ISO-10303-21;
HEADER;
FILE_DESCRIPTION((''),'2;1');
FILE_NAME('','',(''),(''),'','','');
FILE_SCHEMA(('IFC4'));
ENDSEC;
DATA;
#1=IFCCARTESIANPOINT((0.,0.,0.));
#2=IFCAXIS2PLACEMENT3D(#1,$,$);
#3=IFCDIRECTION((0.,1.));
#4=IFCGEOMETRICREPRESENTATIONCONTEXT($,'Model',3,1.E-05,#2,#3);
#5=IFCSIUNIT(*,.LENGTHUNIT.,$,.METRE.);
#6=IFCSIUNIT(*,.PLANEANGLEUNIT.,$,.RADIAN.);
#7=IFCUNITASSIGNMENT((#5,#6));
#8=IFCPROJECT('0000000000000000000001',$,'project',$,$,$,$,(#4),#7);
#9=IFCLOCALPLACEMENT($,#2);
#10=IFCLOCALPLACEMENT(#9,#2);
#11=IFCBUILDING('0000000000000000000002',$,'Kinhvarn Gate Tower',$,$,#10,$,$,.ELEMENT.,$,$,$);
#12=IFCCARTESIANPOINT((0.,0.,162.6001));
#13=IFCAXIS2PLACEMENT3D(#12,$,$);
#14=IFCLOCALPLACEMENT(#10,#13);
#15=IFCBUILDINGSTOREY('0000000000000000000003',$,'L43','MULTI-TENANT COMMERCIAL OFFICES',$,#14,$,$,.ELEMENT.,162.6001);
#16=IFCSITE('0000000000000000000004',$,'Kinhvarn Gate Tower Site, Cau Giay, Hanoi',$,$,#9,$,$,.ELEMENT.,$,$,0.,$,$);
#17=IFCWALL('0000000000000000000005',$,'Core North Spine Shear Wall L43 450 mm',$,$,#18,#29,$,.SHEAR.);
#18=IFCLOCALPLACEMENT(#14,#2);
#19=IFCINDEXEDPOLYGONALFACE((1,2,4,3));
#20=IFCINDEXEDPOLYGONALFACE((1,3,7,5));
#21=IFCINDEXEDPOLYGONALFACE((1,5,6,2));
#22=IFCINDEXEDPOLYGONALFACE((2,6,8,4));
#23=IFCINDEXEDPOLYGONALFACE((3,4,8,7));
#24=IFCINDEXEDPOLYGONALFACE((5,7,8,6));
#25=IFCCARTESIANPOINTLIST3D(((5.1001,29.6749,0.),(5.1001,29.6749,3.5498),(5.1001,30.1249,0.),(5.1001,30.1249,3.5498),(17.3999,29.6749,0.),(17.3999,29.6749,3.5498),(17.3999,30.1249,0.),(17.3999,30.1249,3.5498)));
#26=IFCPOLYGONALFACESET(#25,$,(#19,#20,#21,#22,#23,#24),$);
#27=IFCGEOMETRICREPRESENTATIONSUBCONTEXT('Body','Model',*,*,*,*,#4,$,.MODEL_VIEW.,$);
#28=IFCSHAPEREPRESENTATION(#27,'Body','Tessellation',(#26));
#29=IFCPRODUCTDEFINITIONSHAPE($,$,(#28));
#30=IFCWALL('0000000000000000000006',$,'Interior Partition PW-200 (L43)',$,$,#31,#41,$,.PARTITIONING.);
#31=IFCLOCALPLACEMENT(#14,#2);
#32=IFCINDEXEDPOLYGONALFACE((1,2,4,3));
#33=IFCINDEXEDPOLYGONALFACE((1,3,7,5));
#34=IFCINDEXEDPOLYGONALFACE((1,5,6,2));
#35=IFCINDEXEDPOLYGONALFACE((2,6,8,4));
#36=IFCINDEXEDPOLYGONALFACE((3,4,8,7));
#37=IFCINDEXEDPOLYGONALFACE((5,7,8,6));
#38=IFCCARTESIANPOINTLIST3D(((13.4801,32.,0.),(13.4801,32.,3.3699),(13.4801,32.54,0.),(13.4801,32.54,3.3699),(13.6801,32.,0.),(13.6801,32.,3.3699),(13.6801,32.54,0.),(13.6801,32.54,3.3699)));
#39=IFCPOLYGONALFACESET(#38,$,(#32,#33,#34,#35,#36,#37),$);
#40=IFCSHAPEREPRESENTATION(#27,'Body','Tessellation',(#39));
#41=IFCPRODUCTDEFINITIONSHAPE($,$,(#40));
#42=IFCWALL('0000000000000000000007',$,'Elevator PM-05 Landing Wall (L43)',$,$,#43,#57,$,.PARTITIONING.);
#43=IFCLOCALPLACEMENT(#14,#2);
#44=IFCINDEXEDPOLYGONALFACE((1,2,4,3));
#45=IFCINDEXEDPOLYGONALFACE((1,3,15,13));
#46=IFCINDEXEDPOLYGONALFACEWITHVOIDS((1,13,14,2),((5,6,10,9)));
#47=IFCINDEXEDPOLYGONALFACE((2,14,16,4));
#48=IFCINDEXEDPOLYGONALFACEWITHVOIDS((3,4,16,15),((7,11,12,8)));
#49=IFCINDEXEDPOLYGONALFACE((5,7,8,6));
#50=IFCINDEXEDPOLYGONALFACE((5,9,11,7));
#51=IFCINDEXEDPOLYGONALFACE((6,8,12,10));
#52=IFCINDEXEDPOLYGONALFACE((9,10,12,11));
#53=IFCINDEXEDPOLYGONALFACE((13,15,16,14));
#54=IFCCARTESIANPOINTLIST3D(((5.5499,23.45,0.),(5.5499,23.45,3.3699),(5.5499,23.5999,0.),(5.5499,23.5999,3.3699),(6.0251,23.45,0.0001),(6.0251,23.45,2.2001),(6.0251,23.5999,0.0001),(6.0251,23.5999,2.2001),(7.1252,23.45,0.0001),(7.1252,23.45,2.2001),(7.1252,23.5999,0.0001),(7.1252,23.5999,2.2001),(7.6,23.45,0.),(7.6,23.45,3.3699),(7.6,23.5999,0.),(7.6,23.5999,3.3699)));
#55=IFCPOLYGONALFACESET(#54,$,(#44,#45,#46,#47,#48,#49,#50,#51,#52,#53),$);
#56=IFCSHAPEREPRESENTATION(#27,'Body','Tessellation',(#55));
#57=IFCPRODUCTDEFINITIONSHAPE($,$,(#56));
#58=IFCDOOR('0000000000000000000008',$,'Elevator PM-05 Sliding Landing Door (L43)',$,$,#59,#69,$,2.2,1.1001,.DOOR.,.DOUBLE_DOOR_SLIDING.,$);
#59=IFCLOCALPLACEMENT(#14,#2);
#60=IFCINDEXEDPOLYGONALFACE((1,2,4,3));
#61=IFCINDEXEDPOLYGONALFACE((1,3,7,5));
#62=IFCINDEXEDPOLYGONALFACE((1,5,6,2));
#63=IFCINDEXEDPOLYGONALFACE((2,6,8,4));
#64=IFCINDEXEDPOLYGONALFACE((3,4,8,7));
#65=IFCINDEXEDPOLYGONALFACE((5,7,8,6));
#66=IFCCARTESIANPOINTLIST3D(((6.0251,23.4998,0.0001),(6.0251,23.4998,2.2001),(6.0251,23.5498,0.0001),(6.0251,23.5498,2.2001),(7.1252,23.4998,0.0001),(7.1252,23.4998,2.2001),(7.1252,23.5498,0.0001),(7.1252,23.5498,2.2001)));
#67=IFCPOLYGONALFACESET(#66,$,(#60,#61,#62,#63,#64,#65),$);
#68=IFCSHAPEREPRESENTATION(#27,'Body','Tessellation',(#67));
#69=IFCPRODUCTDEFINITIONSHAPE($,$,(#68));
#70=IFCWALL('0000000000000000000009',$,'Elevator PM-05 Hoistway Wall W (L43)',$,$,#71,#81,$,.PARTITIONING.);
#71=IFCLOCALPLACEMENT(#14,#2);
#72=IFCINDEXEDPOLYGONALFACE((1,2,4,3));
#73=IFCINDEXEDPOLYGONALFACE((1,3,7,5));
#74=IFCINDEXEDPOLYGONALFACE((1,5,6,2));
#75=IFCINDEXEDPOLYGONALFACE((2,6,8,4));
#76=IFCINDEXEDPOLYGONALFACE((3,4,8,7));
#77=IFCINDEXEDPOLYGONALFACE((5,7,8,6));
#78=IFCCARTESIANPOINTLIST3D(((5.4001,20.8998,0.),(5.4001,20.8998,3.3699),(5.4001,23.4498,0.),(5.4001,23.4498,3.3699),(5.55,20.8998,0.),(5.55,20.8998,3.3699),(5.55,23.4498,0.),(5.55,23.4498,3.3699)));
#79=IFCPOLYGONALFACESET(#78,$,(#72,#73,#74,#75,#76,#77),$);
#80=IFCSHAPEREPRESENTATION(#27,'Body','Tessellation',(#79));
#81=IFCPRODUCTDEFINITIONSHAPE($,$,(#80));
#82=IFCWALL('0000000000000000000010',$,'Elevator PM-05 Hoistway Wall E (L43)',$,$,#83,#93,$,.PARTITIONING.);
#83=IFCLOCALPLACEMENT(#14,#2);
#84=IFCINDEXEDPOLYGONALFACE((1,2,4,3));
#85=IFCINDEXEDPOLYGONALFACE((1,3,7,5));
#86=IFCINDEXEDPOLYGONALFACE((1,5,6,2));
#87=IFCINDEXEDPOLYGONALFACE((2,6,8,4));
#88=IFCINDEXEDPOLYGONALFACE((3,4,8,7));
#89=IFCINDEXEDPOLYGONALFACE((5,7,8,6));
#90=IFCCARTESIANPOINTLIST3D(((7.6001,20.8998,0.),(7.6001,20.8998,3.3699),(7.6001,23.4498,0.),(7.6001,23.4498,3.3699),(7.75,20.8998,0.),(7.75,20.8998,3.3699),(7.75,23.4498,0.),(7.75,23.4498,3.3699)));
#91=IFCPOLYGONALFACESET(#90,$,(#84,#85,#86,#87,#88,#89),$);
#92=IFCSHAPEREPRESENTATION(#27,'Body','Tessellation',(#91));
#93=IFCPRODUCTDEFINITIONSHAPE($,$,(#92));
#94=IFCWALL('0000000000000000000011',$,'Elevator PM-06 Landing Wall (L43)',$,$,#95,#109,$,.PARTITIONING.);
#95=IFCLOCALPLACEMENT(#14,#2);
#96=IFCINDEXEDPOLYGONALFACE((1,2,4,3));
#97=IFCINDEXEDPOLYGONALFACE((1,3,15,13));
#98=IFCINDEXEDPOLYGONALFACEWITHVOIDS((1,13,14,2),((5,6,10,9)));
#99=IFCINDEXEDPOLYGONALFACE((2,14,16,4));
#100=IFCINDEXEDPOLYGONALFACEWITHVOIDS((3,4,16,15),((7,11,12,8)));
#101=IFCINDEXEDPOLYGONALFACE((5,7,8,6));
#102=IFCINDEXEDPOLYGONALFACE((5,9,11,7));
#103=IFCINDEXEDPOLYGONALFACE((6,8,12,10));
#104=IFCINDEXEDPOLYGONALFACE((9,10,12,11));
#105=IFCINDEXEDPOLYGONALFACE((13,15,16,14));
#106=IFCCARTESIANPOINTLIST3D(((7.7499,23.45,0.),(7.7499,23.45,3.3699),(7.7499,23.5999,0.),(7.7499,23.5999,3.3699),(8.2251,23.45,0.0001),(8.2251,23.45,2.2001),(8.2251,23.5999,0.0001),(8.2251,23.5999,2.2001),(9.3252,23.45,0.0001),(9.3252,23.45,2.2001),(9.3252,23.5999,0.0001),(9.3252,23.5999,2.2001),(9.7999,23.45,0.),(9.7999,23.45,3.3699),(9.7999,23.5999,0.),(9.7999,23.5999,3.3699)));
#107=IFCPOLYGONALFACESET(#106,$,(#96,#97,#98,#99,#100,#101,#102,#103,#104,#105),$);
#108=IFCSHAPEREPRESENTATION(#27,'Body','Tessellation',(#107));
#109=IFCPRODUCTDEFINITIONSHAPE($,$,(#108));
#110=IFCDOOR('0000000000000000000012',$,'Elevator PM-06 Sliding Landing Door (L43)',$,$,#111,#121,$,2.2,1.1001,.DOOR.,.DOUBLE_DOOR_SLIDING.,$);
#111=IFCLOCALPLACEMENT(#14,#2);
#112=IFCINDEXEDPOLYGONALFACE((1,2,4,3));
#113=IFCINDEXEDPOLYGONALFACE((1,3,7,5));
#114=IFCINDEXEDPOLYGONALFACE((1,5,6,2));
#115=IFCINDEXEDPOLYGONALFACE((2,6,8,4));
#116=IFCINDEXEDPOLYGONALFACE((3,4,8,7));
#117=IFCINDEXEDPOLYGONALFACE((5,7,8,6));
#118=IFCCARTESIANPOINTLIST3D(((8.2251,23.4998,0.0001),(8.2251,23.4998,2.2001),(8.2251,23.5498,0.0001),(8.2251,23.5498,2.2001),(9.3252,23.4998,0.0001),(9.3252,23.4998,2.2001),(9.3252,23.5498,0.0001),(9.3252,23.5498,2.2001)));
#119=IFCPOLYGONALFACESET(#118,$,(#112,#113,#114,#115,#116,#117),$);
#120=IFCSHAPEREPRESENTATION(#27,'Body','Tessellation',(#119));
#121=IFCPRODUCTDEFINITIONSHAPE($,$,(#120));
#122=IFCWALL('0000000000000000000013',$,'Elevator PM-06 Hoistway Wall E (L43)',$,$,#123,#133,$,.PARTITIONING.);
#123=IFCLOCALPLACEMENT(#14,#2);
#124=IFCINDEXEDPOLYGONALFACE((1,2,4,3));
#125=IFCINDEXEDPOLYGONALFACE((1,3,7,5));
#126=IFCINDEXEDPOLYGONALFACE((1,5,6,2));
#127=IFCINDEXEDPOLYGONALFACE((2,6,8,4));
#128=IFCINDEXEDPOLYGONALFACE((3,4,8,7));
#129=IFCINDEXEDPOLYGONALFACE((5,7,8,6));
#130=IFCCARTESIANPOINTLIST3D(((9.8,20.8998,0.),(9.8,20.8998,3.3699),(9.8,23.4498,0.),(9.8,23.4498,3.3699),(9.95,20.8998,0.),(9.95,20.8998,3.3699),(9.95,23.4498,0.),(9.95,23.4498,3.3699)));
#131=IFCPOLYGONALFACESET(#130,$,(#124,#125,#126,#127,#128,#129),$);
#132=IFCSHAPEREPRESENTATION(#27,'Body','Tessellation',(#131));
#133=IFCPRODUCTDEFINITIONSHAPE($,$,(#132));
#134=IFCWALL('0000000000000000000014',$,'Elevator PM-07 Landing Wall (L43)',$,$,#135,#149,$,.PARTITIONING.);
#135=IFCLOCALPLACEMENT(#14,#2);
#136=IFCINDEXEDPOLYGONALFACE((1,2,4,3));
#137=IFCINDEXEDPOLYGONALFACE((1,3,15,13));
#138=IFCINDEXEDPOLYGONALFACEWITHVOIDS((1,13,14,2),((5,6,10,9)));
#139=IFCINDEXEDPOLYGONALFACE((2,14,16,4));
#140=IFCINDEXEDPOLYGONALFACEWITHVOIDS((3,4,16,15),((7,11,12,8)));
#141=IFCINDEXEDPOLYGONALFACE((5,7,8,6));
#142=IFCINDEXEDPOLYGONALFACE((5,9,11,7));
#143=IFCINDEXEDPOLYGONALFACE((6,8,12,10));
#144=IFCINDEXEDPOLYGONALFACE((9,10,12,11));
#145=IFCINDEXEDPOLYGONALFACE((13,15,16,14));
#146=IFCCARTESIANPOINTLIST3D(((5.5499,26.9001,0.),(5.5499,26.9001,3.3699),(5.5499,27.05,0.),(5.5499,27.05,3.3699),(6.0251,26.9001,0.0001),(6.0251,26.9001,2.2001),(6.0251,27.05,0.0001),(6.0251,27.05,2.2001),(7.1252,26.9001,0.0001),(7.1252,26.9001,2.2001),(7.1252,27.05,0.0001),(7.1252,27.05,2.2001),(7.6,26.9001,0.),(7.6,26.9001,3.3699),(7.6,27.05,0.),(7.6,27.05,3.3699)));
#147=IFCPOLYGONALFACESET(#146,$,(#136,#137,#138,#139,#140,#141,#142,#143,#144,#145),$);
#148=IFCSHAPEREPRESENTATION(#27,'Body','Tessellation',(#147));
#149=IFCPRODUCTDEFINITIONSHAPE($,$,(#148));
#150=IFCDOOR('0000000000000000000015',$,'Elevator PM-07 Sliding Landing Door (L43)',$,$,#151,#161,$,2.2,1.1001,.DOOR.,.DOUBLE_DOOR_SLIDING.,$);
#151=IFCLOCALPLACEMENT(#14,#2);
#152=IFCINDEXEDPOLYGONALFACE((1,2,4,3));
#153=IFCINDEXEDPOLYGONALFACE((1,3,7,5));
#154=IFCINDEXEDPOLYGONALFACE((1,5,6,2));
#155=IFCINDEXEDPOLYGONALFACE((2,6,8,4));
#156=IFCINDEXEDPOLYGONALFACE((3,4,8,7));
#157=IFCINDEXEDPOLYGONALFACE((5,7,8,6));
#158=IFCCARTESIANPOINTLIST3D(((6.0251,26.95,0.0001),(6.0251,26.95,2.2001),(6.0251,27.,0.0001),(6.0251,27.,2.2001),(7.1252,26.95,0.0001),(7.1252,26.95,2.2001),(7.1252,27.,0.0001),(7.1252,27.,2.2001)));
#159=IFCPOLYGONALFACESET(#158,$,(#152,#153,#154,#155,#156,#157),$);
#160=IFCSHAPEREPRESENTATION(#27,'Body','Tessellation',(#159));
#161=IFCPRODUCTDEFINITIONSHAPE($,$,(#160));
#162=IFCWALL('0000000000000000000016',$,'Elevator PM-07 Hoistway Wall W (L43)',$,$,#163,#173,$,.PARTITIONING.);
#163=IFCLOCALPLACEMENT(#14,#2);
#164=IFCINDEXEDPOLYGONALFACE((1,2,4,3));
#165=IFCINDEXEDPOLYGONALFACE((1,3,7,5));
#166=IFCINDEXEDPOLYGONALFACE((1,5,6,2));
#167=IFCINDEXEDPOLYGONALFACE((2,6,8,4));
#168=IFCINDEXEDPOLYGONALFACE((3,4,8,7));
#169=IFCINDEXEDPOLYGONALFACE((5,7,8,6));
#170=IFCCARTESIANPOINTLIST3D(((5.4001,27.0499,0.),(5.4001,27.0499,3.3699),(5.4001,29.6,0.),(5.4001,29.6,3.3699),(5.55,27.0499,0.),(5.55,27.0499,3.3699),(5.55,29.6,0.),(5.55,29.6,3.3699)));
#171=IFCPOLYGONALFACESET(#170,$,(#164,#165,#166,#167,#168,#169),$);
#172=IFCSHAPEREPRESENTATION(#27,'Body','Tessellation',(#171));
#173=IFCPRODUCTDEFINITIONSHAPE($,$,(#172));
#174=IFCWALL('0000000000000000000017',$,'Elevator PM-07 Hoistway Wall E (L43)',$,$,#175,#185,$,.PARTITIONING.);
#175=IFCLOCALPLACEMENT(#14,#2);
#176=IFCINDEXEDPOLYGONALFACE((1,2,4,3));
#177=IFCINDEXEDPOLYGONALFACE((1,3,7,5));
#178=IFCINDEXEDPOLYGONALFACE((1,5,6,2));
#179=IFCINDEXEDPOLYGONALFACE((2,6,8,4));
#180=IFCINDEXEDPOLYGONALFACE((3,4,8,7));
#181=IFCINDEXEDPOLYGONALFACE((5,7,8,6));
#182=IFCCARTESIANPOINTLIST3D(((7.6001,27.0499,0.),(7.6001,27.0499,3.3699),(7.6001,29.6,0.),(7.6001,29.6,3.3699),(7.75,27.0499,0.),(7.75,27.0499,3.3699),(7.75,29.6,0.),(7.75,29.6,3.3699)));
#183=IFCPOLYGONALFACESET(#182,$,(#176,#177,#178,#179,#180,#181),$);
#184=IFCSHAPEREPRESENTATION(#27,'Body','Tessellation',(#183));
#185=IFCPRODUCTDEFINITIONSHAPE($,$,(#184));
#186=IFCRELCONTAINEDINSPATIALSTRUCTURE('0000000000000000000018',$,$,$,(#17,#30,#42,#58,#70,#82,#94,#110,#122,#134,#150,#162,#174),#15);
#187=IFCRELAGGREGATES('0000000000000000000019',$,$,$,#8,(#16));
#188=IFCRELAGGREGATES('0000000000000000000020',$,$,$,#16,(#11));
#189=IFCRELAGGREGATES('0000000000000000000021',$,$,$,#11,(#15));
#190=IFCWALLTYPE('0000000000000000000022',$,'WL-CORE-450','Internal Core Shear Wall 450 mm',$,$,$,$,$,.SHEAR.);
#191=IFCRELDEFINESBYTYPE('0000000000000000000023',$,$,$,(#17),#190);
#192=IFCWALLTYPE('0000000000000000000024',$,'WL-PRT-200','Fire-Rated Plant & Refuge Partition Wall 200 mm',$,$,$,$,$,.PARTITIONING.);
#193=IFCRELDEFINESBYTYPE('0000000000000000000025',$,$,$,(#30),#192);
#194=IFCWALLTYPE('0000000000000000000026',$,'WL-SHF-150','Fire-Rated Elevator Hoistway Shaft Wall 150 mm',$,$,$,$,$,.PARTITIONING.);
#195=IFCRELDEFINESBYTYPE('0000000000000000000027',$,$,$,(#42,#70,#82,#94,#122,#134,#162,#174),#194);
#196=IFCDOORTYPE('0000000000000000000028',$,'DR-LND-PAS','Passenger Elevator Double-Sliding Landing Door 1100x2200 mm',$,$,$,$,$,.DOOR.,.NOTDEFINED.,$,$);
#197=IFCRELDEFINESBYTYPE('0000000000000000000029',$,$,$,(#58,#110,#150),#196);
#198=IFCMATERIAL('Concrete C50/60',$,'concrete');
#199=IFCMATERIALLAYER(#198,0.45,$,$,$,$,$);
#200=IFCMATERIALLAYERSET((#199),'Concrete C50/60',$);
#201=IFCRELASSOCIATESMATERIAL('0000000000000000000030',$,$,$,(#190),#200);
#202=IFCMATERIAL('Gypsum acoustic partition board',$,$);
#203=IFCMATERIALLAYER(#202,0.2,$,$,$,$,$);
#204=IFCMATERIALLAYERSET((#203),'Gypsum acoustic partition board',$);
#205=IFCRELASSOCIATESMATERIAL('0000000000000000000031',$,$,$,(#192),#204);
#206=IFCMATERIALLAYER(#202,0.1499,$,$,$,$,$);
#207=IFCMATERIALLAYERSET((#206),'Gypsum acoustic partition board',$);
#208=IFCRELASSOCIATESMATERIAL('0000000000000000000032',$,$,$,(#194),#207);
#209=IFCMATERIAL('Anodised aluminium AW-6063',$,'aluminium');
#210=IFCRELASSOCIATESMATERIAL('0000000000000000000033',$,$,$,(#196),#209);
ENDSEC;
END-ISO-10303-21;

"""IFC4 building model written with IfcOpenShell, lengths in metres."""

from ifc_helpers import new_model, si_unit, direction, frame, frame_2d, origin, place, context, subcontext, project, spatial, rectangle, extrude, material, layer, layer_set, type_object, element, fill, save


model = new_model("IFC4")

# Units and contexts
model_context = context("Model", 3, precision=1e-05, world=origin(), true_north=direction((0.0, 1.0)))
body_context = subcontext(model_context, "Body", "Model", "MODEL_VIEW")
ifc_project = project(units=[si_unit("LENGTHUNIT", "METRE"), si_unit("PLANEANGLEUNIT", "RADIAN")], contexts=[model_context])

# Site, building, storey
site_placement = place(None, origin())
site = spatial("IfcSite", under=ifc_project, at=site_placement, Name="Kinhvarn Gate Tower Site, Cau Giay, Hanoi", CompositionType="ELEMENT", RefElevation=0.0)
building_placement = place(site_placement, origin())
building = spatial("IfcBuilding", under=site, at=building_placement, Name="Kinhvarn Gate Tower", CompositionType="ELEMENT")
storey_placement = place(building_placement, frame((0.0, 0.0, 162.6001)))
storey = spatial("IfcBuildingStorey", under=building, at=storey_placement, Name="L43", Description="MULTI-TENANT COMMERCIAL OFFICES", CompositionType="ELEMENT", Elevation=162.6001)

# Walls
ifc_material_1 = material(Name="Concrete C50/60", Category="concrete")
ifc_layer_1 = layer(ifc_material_1, 0.45)
ifc_layer_set_1 = layer_set([ifc_layer_1], Name="Concrete C50/60")
wall_type_1 = type_object("IfcWallType", Name="WL-CORE-450", Description="Internal Core Shear Wall 450 mm", PredefinedType="SHEAR", material=ifc_layer_set_1)
wall_1_placement = place(storey_placement, frame((5.1001, 29.8999, 0.0), z_axis=(0.0, 0.0, 1.0), x_axis=(1.0, 0.0, 0.0)))
element("IfcWall", 1, at=wall_1_placement, inside=storey, type_object=wall_type_1, Name="Core North Spine Shear Wall L43 450 mm", PredefinedType="SHEAR", context=body_context, shape_type="SweptSolid", body=[
    extrude(rectangle(XDim=12.2998, YDim=0.45, at=frame_2d((6.1499, 0.0))), origin(), (0.0, 0.0, 1.0), 3.5498),
])
ifc_material_2 = material(Name="Gypsum acoustic partition board")
ifc_layer_2 = layer(ifc_material_2, 0.2)
ifc_layer_set_2 = layer_set([ifc_layer_2], Name="Gypsum acoustic partition board")
wall_type_2 = type_object("IfcWallType", Name="WL-PRT-200", Description="Fire-Rated Plant & Refuge Partition Wall 200 mm", PredefinedType="PARTITIONING", material=ifc_layer_set_2)
wall_2_placement = place(storey_placement, frame((13.5801, 32.0, 0.0), z_axis=(0.0, 0.0, 1.0), x_axis=(0.0, 1.0, 0.0)))
element("IfcWall", 2, at=wall_2_placement, inside=storey, type_object=wall_type_2, Name="Interior Partition PW-200 (L43)", PredefinedType="PARTITIONING", context=body_context, shape_type="SweptSolid", body=[
    extrude(rectangle(XDim=0.54, YDim=0.2, at=frame_2d((0.27, 0.0))), origin(), (0.0, 0.0, 1.0), 3.3699),
])

# Wall, opening, door
ifc_layer_3 = layer(ifc_material_2, 0.1499)
ifc_layer_set_3 = layer_set([ifc_layer_3], Name="Gypsum acoustic partition board")
wall_type_3 = type_object("IfcWallType", Name="WL-SHF-150", Description="Fire-Rated Elevator Hoistway Shaft Wall 150 mm", PredefinedType="PARTITIONING", material=ifc_layer_set_3)
wall_3_placement = place(storey_placement, frame((5.55, 23.5249, 0.0), z_axis=(0.0, 0.0, 1.0), x_axis=(1.0, 0.0, 0.0)))
wall_3 = element("IfcWall", 3, at=wall_3_placement, inside=storey, type_object=wall_type_3, Name="Elevator PM-05 Landing Wall (L43)", PredefinedType="PARTITIONING", context=body_context, shape_type="SweptSolid", body=[
    extrude(rectangle(XDim=2.05, YDim=0.1499, at=frame_2d((1.0249, 0.0))), origin(), (0.0, 0.0, 1.0), 3.3699),
])
opening_1_placement = place(wall_3_placement, frame((0.4751, 0.0, 0.0)))
opening_1 = element("IfcOpeningElement", 4, at=opening_1_placement, cuts=wall_3, PredefinedType="OPENING", context=body_context, shape_type="SweptSolid", body=[
    extrude(rectangle(XDim=1.1001, YDim=2.2, at=frame_2d((0.55, 1.1001))), frame((0.0, 0.085, 0.0), z_axis=(0.0, -1.0, 0.0), x_axis=(1.0, 0.0, 0.0)), (0.0, 0.0, 1.0), 0.1699),
])
ifc_material_3 = material(Name="Anodised aluminium AW-6063", Category="aluminium")
door_type_1 = type_object("IfcDoorType", Name="DR-LND-PAS", Description="Passenger Elevator Double-Sliding Landing Door 1100x2200 mm", OperationType="NOTDEFINED", PredefinedType="DOOR", material=ifc_material_3)
door_1_placement = place(opening_1_placement, origin())
door_1 = element("IfcDoor", 5, at=door_1_placement, inside=storey, type_object=door_type_1, Name="Elevator PM-05 Sliding Landing Door (L43)", OperationType="DOUBLE_DOOR_SLIDING", OverallHeight=2.2, OverallWidth=1.1001, PredefinedType="DOOR", context=body_context, shape_type="SweptSolid", body=[
    extrude(rectangle(XDim=1.1001, YDim=2.2, at=frame_2d((0.55, 1.1001))), frame((0.0, 0.0249, 0.0), z_axis=(0.0, -1.0, 0.0), x_axis=(1.0, 0.0, 0.0)), (0.0, 0.0, 1.0), 0.05),
])
fill(opening_1, door_1)

# Walls
for number, where, z_axis, x_axis, name in (
    (6, (5.4751, 20.8999, 0.0), (0.0, 0.0, 1.0), (0.0, 1.0, 0.0), "Elevator PM-05 Hoistway Wall W (L43)"),
    (7, (7.675, 20.8999, 0.0), (0.0, 0.0, 1.0), (0.0, 1.0, 0.0), "Elevator PM-05 Hoistway Wall E (L43)"),
):
    element("IfcWall", number, at=place(storey_placement, frame(where, z_axis=z_axis, x_axis=x_axis)), inside=storey, type_object=wall_type_3, Name=name, PredefinedType="PARTITIONING", context=body_context, shape_type="SweptSolid", body=[
        extrude(rectangle(XDim=2.55, YDim=0.1499, at=frame_2d((1.2749, 0.0))), origin(), (0.0, 0.0, 1.0), 3.3699),
    ])

# Wall, opening, door
wall_4_placement = place(storey_placement, frame((7.75, 23.5249, 0.0), z_axis=(0.0, 0.0, 1.0), x_axis=(1.0, 0.0, 0.0)))
wall_4 = element("IfcWall", 8, at=wall_4_placement, inside=storey, type_object=wall_type_3, Name="Elevator PM-06 Landing Wall (L43)", PredefinedType="PARTITIONING", context=body_context, shape_type="SweptSolid", body=[
    extrude(rectangle(XDim=2.05, YDim=0.1499, at=frame_2d((1.0249, 0.0))), origin(), (0.0, 0.0, 1.0), 3.3699),
])
opening_2_placement = place(wall_4_placement, frame((0.4751, 0.0, 0.0)))
opening_2 = element("IfcOpeningElement", 9, at=opening_2_placement, cuts=wall_4, PredefinedType="OPENING", context=body_context, shape_type="SweptSolid", body=[
    extrude(rectangle(XDim=1.1001, YDim=2.2, at=frame_2d((0.55, 1.1001))), frame((0.0, 0.085, 0.0), z_axis=(0.0, -1.0, 0.0), x_axis=(1.0, 0.0, 0.0)), (0.0, 0.0, 1.0), 0.1699),
])
door_2_placement = place(opening_2_placement, origin())
door_2 = element("IfcDoor", 10, at=door_2_placement, inside=storey, type_object=door_type_1, Name="Elevator PM-06 Sliding Landing Door (L43)", OperationType="DOUBLE_DOOR_SLIDING", OverallHeight=2.2, OverallWidth=1.1001, PredefinedType="DOOR", context=body_context, shape_type="SweptSolid", body=[
    extrude(rectangle(XDim=1.1001, YDim=2.2, at=frame_2d((0.55, 1.1001))), frame((0.0, 0.0249, 0.0), z_axis=(0.0, -1.0, 0.0), x_axis=(1.0, 0.0, 0.0)), (0.0, 0.0, 1.0), 0.05),
])
fill(opening_2, door_2)

# Wall
wall_5_placement = place(storey_placement, frame((9.875, 20.8999, 0.0), z_axis=(0.0, 0.0, 1.0), x_axis=(0.0, 1.0, 0.0)))
element("IfcWall", 11, at=wall_5_placement, inside=storey, type_object=wall_type_3, Name="Elevator PM-06 Hoistway Wall E (L43)", PredefinedType="PARTITIONING", context=body_context, shape_type="SweptSolid", body=[
    extrude(rectangle(XDim=2.55, YDim=0.1499, at=frame_2d((1.2749, 0.0))), origin(), (0.0, 0.0, 1.0), 3.3699),
])

# Wall, opening, door
wall_6_placement = place(storey_placement, frame((5.55, 26.9751, 0.0), z_axis=(0.0, 0.0, 1.0), x_axis=(1.0, 0.0, 0.0)))
wall_6 = element("IfcWall", 12, at=wall_6_placement, inside=storey, type_object=wall_type_3, Name="Elevator PM-07 Landing Wall (L43)", PredefinedType="PARTITIONING", context=body_context, shape_type="SweptSolid", body=[
    extrude(rectangle(XDim=2.05, YDim=0.1499, at=frame_2d((1.0249, 0.0))), origin(), (0.0, 0.0, 1.0), 3.3699),
])
opening_3_placement = place(wall_6_placement, frame((0.4751, 0.0, 0.0)))
opening_3 = element("IfcOpeningElement", 13, at=opening_3_placement, cuts=wall_6, PredefinedType="OPENING", context=body_context, shape_type="SweptSolid", body=[
    extrude(rectangle(XDim=1.1001, YDim=2.2, at=frame_2d((0.55, 1.1001))), frame((0.0, 0.085, 0.0), z_axis=(0.0, -1.0, 0.0), x_axis=(1.0, 0.0, 0.0)), (0.0, 0.0, 1.0), 0.1699),
])
door_3_placement = place(opening_3_placement, origin())
door_3 = element("IfcDoor", 14, at=door_3_placement, inside=storey, type_object=door_type_1, Name="Elevator PM-07 Sliding Landing Door (L43)", OperationType="DOUBLE_DOOR_SLIDING", OverallHeight=2.2, OverallWidth=1.1001, PredefinedType="DOOR", context=body_context, shape_type="SweptSolid", body=[
    extrude(rectangle(XDim=1.1001, YDim=2.2, at=frame_2d((0.55, 1.1001))), frame((0.0, 0.0249, 0.0), z_axis=(0.0, -1.0, 0.0), x_axis=(1.0, 0.0, 0.0)), (0.0, 0.0, 1.0), 0.05),
])
fill(opening_3, door_3)

# Walls
for number, where, z_axis, x_axis, name in (
    (15, (5.4751, 27.05, 0.0), (0.0, 0.0, 1.0), (0.0, 1.0, 0.0), "Elevator PM-07 Hoistway Wall W (L43)"),
    (16, (7.675, 27.05, 0.0), (0.0, 0.0, 1.0), (0.0, 1.0, 0.0), "Elevator PM-07 Hoistway Wall E (L43)"),
):
    element("IfcWall", number, at=place(storey_placement, frame(where, z_axis=z_axis, x_axis=x_axis)), inside=storey, type_object=wall_type_3, Name=name, PredefinedType="PARTITIONING", context=body_context, shape_type="SweptSolid", body=[
        extrude(rectangle(XDim=2.55, YDim=0.1499, at=frame_2d((1.2749, 0.0))), origin(), (0.0, 0.0, 1.0), 3.3699),
    ])

save(model, "model.ifc")
